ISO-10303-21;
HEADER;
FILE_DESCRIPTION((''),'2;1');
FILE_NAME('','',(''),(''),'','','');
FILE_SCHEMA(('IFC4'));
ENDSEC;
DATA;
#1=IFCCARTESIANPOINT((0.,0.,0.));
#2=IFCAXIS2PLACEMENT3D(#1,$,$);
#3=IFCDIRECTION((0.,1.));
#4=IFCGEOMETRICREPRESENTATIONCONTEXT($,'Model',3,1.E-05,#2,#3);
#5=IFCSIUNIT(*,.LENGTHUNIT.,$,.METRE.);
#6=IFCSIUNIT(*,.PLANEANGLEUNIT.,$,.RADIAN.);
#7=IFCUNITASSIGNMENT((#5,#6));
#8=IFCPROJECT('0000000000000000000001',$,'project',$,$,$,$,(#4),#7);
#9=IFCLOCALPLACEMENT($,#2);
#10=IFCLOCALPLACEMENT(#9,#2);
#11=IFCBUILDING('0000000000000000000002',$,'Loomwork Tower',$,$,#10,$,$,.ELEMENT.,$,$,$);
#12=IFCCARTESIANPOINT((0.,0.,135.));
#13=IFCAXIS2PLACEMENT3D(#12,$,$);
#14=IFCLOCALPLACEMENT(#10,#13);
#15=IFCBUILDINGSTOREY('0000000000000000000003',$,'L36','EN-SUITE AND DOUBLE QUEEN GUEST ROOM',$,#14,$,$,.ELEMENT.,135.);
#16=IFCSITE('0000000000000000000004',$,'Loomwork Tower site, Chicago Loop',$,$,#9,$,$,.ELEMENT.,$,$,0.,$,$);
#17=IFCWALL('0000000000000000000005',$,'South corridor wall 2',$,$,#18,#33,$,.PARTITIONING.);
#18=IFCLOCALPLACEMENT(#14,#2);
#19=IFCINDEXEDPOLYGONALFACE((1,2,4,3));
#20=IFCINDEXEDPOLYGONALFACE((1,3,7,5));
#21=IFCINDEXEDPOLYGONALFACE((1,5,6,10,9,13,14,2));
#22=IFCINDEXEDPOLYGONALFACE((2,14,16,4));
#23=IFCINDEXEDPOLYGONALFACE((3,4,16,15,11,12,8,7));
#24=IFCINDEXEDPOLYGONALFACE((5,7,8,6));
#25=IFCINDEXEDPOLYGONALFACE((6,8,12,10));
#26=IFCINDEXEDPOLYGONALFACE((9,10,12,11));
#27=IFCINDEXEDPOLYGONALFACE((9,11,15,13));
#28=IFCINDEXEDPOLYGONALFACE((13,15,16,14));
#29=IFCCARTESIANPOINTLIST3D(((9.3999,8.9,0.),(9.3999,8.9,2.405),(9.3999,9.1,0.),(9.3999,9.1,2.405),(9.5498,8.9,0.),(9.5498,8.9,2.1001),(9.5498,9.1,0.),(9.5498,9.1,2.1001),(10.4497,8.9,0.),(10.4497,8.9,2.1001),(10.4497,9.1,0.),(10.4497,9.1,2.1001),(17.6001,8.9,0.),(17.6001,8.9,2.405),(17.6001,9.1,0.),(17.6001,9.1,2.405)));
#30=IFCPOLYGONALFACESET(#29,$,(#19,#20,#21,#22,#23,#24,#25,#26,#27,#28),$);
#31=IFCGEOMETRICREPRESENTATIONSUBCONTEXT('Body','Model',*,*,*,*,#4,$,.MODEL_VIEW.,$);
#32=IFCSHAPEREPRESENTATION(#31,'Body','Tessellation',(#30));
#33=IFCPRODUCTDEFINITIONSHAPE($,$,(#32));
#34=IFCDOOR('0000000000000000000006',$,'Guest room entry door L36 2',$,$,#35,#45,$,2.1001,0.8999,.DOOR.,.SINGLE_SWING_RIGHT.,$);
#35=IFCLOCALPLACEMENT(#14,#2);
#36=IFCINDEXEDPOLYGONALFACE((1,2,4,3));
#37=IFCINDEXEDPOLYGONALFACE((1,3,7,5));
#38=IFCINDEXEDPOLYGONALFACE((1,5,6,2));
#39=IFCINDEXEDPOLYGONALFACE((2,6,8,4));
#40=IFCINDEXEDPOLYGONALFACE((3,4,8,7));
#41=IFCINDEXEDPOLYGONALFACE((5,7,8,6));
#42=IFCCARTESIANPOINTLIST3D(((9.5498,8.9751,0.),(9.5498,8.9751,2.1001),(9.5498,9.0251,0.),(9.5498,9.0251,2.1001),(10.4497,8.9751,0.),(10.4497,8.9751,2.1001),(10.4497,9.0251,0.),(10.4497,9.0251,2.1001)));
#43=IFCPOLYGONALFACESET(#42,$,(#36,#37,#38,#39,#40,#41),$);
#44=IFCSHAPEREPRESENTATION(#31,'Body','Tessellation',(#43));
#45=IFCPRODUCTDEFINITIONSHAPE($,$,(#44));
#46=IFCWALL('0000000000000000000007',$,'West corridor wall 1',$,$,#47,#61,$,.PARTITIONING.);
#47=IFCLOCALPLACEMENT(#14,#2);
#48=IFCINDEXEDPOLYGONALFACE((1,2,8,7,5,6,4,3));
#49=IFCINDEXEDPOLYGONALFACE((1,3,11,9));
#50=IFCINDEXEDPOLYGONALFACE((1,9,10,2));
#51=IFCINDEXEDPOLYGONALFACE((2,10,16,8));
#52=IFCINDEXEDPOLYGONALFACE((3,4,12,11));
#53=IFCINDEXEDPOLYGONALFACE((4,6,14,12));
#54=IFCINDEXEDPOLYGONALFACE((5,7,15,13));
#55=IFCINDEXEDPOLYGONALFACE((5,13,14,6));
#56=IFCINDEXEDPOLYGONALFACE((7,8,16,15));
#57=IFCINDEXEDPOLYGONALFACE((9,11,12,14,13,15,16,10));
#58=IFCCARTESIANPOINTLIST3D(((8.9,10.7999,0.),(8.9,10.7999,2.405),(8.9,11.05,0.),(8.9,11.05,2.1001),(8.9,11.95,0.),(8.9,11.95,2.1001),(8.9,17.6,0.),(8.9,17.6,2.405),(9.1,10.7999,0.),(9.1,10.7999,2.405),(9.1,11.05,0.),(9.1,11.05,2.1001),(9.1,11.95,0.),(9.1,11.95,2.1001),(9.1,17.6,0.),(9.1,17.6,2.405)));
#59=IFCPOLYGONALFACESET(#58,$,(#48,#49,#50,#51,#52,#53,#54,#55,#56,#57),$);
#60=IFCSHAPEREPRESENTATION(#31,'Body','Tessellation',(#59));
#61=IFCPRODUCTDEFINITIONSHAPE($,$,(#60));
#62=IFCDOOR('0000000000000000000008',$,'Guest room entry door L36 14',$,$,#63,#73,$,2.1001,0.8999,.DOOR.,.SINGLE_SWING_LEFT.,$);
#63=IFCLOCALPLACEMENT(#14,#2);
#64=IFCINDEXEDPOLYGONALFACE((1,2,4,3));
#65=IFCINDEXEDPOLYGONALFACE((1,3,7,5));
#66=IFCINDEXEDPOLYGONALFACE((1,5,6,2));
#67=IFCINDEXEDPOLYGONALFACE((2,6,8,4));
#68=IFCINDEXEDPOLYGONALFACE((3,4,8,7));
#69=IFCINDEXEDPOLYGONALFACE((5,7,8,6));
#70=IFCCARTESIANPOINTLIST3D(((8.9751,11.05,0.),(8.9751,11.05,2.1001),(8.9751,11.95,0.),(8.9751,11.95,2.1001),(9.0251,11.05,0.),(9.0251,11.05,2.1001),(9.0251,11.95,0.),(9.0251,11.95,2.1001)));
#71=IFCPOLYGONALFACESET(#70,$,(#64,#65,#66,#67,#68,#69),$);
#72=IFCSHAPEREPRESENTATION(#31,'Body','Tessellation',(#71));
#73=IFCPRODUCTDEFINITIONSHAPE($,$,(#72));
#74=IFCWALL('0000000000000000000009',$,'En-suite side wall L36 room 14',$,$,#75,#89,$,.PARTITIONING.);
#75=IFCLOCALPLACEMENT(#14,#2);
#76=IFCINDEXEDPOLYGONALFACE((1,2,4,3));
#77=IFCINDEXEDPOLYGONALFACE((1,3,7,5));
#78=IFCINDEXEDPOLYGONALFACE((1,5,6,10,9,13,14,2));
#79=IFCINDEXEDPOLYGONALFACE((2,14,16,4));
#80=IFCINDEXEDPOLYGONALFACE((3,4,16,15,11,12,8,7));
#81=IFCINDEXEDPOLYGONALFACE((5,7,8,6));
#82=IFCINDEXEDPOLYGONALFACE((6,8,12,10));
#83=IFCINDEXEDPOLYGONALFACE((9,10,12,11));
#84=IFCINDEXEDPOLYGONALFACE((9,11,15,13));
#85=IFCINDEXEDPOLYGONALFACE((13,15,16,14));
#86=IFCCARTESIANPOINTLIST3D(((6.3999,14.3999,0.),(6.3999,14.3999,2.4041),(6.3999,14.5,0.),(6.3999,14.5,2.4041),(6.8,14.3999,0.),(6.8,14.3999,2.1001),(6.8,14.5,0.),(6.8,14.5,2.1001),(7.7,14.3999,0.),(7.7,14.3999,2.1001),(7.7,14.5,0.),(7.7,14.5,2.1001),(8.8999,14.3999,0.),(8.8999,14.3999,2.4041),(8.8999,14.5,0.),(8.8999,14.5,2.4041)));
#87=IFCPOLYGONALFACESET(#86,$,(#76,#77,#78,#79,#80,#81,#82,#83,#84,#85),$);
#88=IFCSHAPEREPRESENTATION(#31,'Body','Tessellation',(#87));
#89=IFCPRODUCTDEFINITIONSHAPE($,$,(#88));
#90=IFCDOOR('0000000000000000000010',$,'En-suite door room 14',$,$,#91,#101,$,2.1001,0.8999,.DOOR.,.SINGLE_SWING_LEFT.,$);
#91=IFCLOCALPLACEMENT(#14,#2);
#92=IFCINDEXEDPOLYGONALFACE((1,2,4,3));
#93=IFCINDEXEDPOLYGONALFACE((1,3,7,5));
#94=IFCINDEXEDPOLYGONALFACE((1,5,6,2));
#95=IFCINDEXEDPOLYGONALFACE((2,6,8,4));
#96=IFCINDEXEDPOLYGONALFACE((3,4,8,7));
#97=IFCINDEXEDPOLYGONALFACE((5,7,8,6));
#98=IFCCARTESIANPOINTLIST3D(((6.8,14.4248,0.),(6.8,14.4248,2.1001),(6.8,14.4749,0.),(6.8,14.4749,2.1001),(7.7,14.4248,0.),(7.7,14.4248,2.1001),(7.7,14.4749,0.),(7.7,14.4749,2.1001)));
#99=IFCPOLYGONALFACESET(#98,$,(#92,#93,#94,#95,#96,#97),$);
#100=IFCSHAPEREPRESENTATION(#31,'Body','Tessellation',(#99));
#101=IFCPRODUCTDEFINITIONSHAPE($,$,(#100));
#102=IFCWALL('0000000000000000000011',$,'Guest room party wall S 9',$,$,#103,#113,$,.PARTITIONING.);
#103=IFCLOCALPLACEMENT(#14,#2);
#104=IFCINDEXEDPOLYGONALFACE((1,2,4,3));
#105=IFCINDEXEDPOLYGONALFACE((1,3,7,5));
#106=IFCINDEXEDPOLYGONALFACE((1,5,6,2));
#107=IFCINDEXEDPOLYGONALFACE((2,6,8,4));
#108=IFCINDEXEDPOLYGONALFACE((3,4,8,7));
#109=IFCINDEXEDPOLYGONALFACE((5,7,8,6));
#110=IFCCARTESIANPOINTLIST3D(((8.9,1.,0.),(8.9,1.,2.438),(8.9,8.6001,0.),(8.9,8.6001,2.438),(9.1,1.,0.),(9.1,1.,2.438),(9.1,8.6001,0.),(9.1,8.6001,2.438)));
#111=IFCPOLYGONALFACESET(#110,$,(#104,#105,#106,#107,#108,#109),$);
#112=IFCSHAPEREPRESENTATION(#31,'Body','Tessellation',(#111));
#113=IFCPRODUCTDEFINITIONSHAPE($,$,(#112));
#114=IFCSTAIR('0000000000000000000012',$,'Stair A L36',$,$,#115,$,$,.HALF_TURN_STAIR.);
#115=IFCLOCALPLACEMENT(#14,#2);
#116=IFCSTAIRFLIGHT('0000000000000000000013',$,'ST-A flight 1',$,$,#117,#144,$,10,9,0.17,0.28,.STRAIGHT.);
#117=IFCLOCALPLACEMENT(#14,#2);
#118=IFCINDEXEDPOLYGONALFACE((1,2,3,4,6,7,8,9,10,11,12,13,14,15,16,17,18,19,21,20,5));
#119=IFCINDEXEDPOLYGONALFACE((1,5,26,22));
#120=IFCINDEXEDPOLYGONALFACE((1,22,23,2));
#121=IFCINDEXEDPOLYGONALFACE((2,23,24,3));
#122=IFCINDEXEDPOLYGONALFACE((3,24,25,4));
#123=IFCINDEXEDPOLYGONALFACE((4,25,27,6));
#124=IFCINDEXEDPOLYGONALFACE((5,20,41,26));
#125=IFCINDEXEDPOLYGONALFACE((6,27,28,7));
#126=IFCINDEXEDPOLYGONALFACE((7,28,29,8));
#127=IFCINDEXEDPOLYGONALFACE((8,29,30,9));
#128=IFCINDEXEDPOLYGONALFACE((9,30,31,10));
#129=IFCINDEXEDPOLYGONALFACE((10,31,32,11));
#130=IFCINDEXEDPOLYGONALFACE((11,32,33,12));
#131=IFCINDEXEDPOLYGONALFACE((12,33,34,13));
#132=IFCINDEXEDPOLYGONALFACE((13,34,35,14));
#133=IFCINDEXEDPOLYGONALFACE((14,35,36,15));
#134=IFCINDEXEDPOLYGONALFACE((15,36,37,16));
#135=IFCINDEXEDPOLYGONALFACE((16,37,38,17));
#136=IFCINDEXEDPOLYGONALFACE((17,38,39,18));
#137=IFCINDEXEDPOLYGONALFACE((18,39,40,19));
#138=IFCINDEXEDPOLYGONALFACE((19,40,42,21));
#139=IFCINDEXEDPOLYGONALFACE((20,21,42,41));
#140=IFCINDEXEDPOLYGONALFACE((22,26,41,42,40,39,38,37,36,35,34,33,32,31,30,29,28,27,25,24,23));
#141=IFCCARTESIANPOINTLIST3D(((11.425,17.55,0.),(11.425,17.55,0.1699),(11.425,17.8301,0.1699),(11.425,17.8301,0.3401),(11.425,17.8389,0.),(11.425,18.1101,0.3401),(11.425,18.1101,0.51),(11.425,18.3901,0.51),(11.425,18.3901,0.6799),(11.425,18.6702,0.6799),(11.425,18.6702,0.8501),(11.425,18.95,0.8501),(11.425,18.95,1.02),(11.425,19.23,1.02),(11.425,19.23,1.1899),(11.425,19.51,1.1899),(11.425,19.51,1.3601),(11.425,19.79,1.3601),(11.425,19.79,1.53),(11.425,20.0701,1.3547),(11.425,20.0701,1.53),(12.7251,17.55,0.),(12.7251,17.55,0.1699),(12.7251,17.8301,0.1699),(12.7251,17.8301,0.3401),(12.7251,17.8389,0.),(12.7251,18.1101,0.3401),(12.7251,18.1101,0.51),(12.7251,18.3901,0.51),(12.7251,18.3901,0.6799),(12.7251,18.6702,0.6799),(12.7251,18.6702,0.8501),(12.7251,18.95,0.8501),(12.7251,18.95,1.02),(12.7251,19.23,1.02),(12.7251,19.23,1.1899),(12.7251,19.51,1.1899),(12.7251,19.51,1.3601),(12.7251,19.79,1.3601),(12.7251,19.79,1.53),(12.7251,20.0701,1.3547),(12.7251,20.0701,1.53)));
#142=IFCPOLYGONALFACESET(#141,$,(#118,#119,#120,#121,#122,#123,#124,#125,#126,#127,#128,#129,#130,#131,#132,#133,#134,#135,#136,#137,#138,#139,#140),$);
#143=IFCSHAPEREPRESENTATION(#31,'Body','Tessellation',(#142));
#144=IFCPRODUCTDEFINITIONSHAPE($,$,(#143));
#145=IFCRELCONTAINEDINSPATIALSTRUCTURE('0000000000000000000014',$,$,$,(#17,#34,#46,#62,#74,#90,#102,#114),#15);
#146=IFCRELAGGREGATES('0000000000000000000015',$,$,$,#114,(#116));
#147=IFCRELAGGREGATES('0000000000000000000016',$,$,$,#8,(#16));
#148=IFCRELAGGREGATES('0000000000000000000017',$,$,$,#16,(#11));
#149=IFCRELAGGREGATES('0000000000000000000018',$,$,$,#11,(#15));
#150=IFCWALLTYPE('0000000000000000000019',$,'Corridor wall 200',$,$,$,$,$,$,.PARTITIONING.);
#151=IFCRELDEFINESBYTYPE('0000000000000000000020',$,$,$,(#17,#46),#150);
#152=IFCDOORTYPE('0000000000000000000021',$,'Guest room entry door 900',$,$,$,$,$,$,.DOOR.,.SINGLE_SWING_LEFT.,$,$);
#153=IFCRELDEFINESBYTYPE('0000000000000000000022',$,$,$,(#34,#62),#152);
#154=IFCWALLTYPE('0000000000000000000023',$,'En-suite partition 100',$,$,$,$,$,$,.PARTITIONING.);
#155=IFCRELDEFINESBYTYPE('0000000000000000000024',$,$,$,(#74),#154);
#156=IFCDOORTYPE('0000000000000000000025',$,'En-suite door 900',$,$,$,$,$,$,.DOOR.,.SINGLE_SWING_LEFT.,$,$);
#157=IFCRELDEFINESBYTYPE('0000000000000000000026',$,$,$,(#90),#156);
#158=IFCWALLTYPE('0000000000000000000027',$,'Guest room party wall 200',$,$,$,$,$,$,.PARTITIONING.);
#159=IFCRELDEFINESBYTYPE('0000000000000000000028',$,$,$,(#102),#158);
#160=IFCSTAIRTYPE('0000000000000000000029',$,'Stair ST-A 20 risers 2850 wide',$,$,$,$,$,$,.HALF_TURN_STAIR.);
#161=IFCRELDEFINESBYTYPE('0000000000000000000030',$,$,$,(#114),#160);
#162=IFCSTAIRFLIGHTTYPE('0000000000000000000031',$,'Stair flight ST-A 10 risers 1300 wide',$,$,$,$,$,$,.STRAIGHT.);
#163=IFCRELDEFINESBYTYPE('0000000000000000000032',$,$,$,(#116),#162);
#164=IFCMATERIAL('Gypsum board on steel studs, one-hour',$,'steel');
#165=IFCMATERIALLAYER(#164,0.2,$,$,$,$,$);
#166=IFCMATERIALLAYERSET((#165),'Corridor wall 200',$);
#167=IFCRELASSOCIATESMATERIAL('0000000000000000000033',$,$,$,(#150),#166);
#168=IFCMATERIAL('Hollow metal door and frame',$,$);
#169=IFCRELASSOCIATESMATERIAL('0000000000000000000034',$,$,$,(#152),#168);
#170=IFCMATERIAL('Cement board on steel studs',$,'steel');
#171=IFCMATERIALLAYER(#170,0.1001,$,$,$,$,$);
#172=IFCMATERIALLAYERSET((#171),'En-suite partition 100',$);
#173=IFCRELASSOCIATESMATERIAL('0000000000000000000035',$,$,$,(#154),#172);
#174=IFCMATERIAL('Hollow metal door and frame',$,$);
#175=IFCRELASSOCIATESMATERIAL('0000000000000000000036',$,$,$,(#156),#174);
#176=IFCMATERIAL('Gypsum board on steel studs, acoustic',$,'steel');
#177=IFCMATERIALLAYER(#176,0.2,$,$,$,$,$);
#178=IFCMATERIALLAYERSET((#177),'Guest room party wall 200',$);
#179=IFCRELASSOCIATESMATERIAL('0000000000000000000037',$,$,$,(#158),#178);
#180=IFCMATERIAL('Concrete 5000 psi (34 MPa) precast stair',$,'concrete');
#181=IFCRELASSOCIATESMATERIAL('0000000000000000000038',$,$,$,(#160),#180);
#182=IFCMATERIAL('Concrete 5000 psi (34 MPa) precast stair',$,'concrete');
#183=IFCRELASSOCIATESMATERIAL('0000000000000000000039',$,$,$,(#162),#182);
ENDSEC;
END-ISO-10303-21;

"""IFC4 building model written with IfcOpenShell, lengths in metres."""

from ifc_helpers import new_model, si_unit, direction, frame, frame_2d, origin, place, context, subcontext, project, spatial, polyline, rectangle, outline, extrude, material, layer, layer_set, type_object, element, fill, aggregate, save


model = new_model("IFC4")

# Units and contexts
model_context = context("Model", 3, precision=1e-05, world=origin(), true_north=direction((0.0, 1.0)))
body_context = subcontext(model_context, "Body", "Model", "MODEL_VIEW")
ifc_project = project(units=[si_unit("LENGTHUNIT", "METRE"), si_unit("PLANEANGLEUNIT", "RADIAN")], contexts=[model_context])

# Site, building, storey
site_placement = place(None, origin())
site = spatial("IfcSite", under=ifc_project, at=site_placement, Name="Loomwork Tower site, Chicago Loop", CompositionType="ELEMENT", RefElevation=0.0)
building_placement = place(site_placement, origin())
building = spatial("IfcBuilding", under=site, at=building_placement, Name="Loomwork Tower", CompositionType="ELEMENT")
storey_placement = place(building_placement, frame((0.0, 0.0, 135.0)))
storey = spatial("IfcBuildingStorey", under=building, at=storey_placement, Name="L36", Description="EN-SUITE AND DOUBLE QUEEN GUEST ROOM", CompositionType="ELEMENT", Elevation=135.0)

# Walls, openings, doors
ifc_material_1 = material(Name="Gypsum board on steel studs, one-hour", Category="steel")
ifc_layer_1 = layer(ifc_material_1, 0.2)
ifc_layer_set_1 = layer_set([ifc_layer_1], Name="Corridor wall 200")
wall_type_1 = type_object("IfcWallType", Name="Corridor wall 200", PredefinedType="PARTITIONING", material=ifc_layer_set_1)
wall_1_placement = place(storey_placement, frame((9.3999, 9.0, 0.0), z_axis=(0.0, 0.0, 1.0), x_axis=(1.0, 0.0, 0.0)))
wall_1 = element("IfcWall", 1, at=wall_1_placement, inside=storey, type_object=wall_type_1, Name="South corridor wall 2", PredefinedType="PARTITIONING", context=body_context, shape_type="SweptSolid", body=[
    extrude(rectangle(XDim=8.2002, YDim=0.2, at=frame_2d((4.1001, 0.0))), origin(), (0.0, 0.0, 1.0), 2.405),
])
opening_1_placement = place(wall_1_placement, frame((0.1499, 0.0, 0.0)))
opening_1 = element("IfcOpeningElement", 2, at=opening_1_placement, cuts=wall_1, PredefinedType="OPENING", context=body_context, shape_type="SweptSolid", body=[
    extrude(rectangle(XDim=0.8999, YDim=2.1001, at=frame_2d((0.45, 1.05))), frame((0.0, 0.1099, 0.0), z_axis=(0.0, -1.0, 0.0), x_axis=(1.0, 0.0, 0.0)), (0.0, 0.0, 1.0), 0.22),
])
ifc_material_2 = material(Name="Hollow metal door and frame")
door_type_1 = type_object("IfcDoorType", Name="Guest room entry door 900", OperationType="SINGLE_SWING_LEFT", PredefinedType="DOOR", material=ifc_material_2)
door_1_placement = place(opening_1_placement, frame((0.8999, 0.0, 0.0), z_axis=(0.0, 0.0, 1.0), x_axis=(-1.0, 0.0, 0.0)))
door_1 = element("IfcDoor", 3, at=door_1_placement, inside=storey, type_object=door_type_1, Name="Guest room entry door L36 2", OperationType="SINGLE_SWING_RIGHT", OverallHeight=2.1001, OverallWidth=0.8999, PredefinedType="DOOR", context=body_context, shape_type="SweptSolid", body=[
    extrude(rectangle(XDim=0.8999, YDim=2.1001, at=frame_2d((0.45, 1.05))), frame((0.0, 0.0249, 0.0), z_axis=(0.0, -1.0, 0.0), x_axis=(1.0, 0.0, 0.0)), (0.0, 0.0, 1.0), 0.05),
])
fill(opening_1, door_1)
wall_2_placement = place(storey_placement, frame((9.0, 10.8, 0.0), z_axis=(0.0, 0.0, 1.0), x_axis=(0.0, 1.0, 0.0)))
wall_2 = element("IfcWall", 4, at=wall_2_placement, inside=storey, type_object=wall_type_1, Name="West corridor wall 1", PredefinedType="PARTITIONING", context=body_context, shape_type="SweptSolid", body=[
    extrude(rectangle(XDim=6.8, YDim=0.2, at=frame_2d((3.3999, 0.0))), origin(), (0.0, 0.0, 1.0), 2.405),
])
opening_2_placement = place(wall_2_placement, frame((0.25, 0.0, 0.0)))
opening_2 = element("IfcOpeningElement", 5, at=opening_2_placement, cuts=wall_2, PredefinedType="OPENING", context=body_context, shape_type="SweptSolid", body=[
    extrude(rectangle(XDim=0.8999, YDim=2.1001, at=frame_2d((0.45, 1.05))), frame((0.0, 0.1099, 0.0), z_axis=(0.0, -1.0, 0.0), x_axis=(1.0, 0.0, 0.0)), (0.0, 0.0, 1.0), 0.22),
])
door_2_placement = place(opening_2_placement, origin())
door_2 = element("IfcDoor", 6, at=door_2_placement, inside=storey, type_object=door_type_1, Name="Guest room entry door L36 14", OperationType="SINGLE_SWING_LEFT", OverallHeight=2.1001, OverallWidth=0.8999, PredefinedType="DOOR", context=body_context, shape_type="SweptSolid", body=[
    extrude(rectangle(XDim=0.8999, YDim=2.1001, at=frame_2d((0.45, 1.05))), frame((0.0, 0.0249, 0.0), z_axis=(0.0, -1.0, 0.0), x_axis=(1.0, 0.0, 0.0)), (0.0, 0.0, 1.0), 0.05),
])
fill(opening_2, door_2)
ifc_material_3 = material(Name="Cement board on steel studs", Category="steel")
ifc_layer_2 = layer(ifc_material_3, 0.1001)
ifc_layer_set_2 = layer_set([ifc_layer_2], Name="En-suite partition 100")
wall_type_2 = type_object("IfcWallType", Name="En-suite partition 100", PredefinedType="PARTITIONING", material=ifc_layer_set_2)
wall_3_placement = place(storey_placement, frame((8.8999, 14.45, 0.0), z_axis=(0.0, 0.0, 1.0), x_axis=(-1.0, 0.0, 0.0)))
wall_3 = element("IfcWall", 7, at=wall_3_placement, inside=storey, type_object=wall_type_2, Name="En-suite side wall L36 room 14", PredefinedType="PARTITIONING", context=body_context, shape_type="SweptSolid", body=[
    extrude(rectangle(XDim=2.5, YDim=0.1001, at=frame_2d((1.25, 0.0))), origin(), (0.0, 0.0, 1.0), 2.4041),
])
opening_3_placement = place(wall_3_placement, frame((1.2, 0.0, 0.0)))
opening_3 = element("IfcOpeningElement", 8, at=opening_3_placement, cuts=wall_3, PredefinedType="OPENING", context=body_context, shape_type="SweptSolid", body=[
    extrude(rectangle(XDim=0.8999, YDim=2.1001, at=frame_2d((0.45, 1.05))), frame((0.0, 0.0601, 0.0), z_axis=(0.0, -1.0, 0.0), x_axis=(1.0, 0.0, 0.0)), (0.0, 0.0, 1.0), 0.1201),
])
ifc_material_4 = material(Name="Hollow metal door and frame")
door_type_2 = type_object("IfcDoorType", Name="En-suite door 900", OperationType="SINGLE_SWING_LEFT", PredefinedType="DOOR", material=ifc_material_4)
door_3_placement = place(opening_3_placement, frame((0.8999, 0.0, 0.0), z_axis=(0.0, 0.0, 1.0), x_axis=(-1.0, 0.0, 0.0)))
door_3 = element("IfcDoor", 9, at=door_3_placement, inside=storey, type_object=door_type_2, Name="En-suite door room 14", OperationType="SINGLE_SWING_LEFT", OverallHeight=2.1001, OverallWidth=0.8999, PredefinedType="DOOR", context=body_context, shape_type="SweptSolid", body=[
    extrude(rectangle(XDim=0.8999, YDim=2.1001, at=frame_2d((0.45, 1.05))), frame((0.0, 0.0249, 0.0), z_axis=(0.0, -1.0, 0.0), x_axis=(1.0, 0.0, 0.0)), (0.0, 0.0, 1.0), 0.05),
])
fill(opening_3, door_3)

# Wall
ifc_material_5 = material(Name="Gypsum board on steel studs, acoustic", Category="steel")
ifc_layer_3 = layer(ifc_material_5, 0.2)
ifc_layer_set_3 = layer_set([ifc_layer_3], Name="Guest room party wall 200")
wall_type_3 = type_object("IfcWallType", Name="Guest room party wall 200", PredefinedType="PARTITIONING", material=ifc_layer_set_3)
wall_4_placement = place(storey_placement, frame((9.0, 8.6001, 0.0), z_axis=(0.0, 0.0, 1.0), x_axis=(0.0, -1.0, 0.0)))
element("IfcWall", 10, at=wall_4_placement, inside=storey, type_object=wall_type_3, Name="Guest room party wall S 9", PredefinedType="PARTITIONING", context=body_context, shape_type="SweptSolid", body=[
    extrude(rectangle(XDim=7.6001, YDim=0.2, at=frame_2d((3.8, 0.0))), origin(), (0.0, 0.0, 1.0), 2.438),
])

# Stair, stair flight
ifc_material_6 = material(Name="Concrete 5000 psi (34 MPa) precast stair", Category="concrete")
stair_type = type_object("IfcStairType", Name="Stair ST-A 20 risers 2850 wide", PredefinedType="HALF_TURN_STAIR", material=ifc_material_6)
stair_placement = place(storey_placement, origin())
stair = element("IfcStair", 11, at=stair_placement, inside=storey, type_object=stair_type, Name="Stair A L36", PredefinedType="HALF_TURN_STAIR")
ifc_material_7 = material(Name="Concrete 5000 psi (34 MPa) precast stair", Category="concrete")
stair_flight_type = type_object("IfcStairFlightType", Name="Stair flight ST-A 10 risers 1300 wide", PredefinedType="STRAIGHT", material=ifc_material_7)
stair_flight_placement = place(storey_placement, frame((12.075, 17.55, 0.0), z_axis=(0.0, 0.0, 1.0), x_axis=(0.0, 1.0, 0.0)))
stair_flight = element("IfcStairFlight", 12, at=stair_flight_placement, type_object=stair_flight_type, Name="ST-A flight 1", NumberOfRisers=10, NumberOfTreads=9, PredefinedType="STRAIGHT", RiserHeight=0.17, TreadLength=0.28, context=body_context, shape_type="SweptSolid", body=[
    extrude(outline(polyline([(0.0, 0.0), (0.0, 0.1699), (0.28, 0.1699), (0.28, 0.3401), (0.5601, 0.3401), (0.5601, 0.51), (0.8401, 0.51), (0.8401, 0.6799), (1.1201, 0.6799), (1.1201, 0.8501), (1.3999, 0.8501), (1.3999, 1.02), (1.6799, 1.02), (1.6799, 1.1899), (1.96, 1.1899), (1.96, 1.3601), (2.24, 1.3601), (2.24, 1.53), (2.52, 1.53), (2.52, 1.7), (2.52, 1.3547), (0.2888, 0.0), (0.0, 0.0)])), frame((0.0, 0.6499, 0.0), z_axis=(0.0, -1.0, 0.0), x_axis=(1.0, 0.0, 0.0)), (0.0, 0.0, 1.0), 1.3),
])
aggregate(stair, [stair_flight])

save(model, "model.ifc")
